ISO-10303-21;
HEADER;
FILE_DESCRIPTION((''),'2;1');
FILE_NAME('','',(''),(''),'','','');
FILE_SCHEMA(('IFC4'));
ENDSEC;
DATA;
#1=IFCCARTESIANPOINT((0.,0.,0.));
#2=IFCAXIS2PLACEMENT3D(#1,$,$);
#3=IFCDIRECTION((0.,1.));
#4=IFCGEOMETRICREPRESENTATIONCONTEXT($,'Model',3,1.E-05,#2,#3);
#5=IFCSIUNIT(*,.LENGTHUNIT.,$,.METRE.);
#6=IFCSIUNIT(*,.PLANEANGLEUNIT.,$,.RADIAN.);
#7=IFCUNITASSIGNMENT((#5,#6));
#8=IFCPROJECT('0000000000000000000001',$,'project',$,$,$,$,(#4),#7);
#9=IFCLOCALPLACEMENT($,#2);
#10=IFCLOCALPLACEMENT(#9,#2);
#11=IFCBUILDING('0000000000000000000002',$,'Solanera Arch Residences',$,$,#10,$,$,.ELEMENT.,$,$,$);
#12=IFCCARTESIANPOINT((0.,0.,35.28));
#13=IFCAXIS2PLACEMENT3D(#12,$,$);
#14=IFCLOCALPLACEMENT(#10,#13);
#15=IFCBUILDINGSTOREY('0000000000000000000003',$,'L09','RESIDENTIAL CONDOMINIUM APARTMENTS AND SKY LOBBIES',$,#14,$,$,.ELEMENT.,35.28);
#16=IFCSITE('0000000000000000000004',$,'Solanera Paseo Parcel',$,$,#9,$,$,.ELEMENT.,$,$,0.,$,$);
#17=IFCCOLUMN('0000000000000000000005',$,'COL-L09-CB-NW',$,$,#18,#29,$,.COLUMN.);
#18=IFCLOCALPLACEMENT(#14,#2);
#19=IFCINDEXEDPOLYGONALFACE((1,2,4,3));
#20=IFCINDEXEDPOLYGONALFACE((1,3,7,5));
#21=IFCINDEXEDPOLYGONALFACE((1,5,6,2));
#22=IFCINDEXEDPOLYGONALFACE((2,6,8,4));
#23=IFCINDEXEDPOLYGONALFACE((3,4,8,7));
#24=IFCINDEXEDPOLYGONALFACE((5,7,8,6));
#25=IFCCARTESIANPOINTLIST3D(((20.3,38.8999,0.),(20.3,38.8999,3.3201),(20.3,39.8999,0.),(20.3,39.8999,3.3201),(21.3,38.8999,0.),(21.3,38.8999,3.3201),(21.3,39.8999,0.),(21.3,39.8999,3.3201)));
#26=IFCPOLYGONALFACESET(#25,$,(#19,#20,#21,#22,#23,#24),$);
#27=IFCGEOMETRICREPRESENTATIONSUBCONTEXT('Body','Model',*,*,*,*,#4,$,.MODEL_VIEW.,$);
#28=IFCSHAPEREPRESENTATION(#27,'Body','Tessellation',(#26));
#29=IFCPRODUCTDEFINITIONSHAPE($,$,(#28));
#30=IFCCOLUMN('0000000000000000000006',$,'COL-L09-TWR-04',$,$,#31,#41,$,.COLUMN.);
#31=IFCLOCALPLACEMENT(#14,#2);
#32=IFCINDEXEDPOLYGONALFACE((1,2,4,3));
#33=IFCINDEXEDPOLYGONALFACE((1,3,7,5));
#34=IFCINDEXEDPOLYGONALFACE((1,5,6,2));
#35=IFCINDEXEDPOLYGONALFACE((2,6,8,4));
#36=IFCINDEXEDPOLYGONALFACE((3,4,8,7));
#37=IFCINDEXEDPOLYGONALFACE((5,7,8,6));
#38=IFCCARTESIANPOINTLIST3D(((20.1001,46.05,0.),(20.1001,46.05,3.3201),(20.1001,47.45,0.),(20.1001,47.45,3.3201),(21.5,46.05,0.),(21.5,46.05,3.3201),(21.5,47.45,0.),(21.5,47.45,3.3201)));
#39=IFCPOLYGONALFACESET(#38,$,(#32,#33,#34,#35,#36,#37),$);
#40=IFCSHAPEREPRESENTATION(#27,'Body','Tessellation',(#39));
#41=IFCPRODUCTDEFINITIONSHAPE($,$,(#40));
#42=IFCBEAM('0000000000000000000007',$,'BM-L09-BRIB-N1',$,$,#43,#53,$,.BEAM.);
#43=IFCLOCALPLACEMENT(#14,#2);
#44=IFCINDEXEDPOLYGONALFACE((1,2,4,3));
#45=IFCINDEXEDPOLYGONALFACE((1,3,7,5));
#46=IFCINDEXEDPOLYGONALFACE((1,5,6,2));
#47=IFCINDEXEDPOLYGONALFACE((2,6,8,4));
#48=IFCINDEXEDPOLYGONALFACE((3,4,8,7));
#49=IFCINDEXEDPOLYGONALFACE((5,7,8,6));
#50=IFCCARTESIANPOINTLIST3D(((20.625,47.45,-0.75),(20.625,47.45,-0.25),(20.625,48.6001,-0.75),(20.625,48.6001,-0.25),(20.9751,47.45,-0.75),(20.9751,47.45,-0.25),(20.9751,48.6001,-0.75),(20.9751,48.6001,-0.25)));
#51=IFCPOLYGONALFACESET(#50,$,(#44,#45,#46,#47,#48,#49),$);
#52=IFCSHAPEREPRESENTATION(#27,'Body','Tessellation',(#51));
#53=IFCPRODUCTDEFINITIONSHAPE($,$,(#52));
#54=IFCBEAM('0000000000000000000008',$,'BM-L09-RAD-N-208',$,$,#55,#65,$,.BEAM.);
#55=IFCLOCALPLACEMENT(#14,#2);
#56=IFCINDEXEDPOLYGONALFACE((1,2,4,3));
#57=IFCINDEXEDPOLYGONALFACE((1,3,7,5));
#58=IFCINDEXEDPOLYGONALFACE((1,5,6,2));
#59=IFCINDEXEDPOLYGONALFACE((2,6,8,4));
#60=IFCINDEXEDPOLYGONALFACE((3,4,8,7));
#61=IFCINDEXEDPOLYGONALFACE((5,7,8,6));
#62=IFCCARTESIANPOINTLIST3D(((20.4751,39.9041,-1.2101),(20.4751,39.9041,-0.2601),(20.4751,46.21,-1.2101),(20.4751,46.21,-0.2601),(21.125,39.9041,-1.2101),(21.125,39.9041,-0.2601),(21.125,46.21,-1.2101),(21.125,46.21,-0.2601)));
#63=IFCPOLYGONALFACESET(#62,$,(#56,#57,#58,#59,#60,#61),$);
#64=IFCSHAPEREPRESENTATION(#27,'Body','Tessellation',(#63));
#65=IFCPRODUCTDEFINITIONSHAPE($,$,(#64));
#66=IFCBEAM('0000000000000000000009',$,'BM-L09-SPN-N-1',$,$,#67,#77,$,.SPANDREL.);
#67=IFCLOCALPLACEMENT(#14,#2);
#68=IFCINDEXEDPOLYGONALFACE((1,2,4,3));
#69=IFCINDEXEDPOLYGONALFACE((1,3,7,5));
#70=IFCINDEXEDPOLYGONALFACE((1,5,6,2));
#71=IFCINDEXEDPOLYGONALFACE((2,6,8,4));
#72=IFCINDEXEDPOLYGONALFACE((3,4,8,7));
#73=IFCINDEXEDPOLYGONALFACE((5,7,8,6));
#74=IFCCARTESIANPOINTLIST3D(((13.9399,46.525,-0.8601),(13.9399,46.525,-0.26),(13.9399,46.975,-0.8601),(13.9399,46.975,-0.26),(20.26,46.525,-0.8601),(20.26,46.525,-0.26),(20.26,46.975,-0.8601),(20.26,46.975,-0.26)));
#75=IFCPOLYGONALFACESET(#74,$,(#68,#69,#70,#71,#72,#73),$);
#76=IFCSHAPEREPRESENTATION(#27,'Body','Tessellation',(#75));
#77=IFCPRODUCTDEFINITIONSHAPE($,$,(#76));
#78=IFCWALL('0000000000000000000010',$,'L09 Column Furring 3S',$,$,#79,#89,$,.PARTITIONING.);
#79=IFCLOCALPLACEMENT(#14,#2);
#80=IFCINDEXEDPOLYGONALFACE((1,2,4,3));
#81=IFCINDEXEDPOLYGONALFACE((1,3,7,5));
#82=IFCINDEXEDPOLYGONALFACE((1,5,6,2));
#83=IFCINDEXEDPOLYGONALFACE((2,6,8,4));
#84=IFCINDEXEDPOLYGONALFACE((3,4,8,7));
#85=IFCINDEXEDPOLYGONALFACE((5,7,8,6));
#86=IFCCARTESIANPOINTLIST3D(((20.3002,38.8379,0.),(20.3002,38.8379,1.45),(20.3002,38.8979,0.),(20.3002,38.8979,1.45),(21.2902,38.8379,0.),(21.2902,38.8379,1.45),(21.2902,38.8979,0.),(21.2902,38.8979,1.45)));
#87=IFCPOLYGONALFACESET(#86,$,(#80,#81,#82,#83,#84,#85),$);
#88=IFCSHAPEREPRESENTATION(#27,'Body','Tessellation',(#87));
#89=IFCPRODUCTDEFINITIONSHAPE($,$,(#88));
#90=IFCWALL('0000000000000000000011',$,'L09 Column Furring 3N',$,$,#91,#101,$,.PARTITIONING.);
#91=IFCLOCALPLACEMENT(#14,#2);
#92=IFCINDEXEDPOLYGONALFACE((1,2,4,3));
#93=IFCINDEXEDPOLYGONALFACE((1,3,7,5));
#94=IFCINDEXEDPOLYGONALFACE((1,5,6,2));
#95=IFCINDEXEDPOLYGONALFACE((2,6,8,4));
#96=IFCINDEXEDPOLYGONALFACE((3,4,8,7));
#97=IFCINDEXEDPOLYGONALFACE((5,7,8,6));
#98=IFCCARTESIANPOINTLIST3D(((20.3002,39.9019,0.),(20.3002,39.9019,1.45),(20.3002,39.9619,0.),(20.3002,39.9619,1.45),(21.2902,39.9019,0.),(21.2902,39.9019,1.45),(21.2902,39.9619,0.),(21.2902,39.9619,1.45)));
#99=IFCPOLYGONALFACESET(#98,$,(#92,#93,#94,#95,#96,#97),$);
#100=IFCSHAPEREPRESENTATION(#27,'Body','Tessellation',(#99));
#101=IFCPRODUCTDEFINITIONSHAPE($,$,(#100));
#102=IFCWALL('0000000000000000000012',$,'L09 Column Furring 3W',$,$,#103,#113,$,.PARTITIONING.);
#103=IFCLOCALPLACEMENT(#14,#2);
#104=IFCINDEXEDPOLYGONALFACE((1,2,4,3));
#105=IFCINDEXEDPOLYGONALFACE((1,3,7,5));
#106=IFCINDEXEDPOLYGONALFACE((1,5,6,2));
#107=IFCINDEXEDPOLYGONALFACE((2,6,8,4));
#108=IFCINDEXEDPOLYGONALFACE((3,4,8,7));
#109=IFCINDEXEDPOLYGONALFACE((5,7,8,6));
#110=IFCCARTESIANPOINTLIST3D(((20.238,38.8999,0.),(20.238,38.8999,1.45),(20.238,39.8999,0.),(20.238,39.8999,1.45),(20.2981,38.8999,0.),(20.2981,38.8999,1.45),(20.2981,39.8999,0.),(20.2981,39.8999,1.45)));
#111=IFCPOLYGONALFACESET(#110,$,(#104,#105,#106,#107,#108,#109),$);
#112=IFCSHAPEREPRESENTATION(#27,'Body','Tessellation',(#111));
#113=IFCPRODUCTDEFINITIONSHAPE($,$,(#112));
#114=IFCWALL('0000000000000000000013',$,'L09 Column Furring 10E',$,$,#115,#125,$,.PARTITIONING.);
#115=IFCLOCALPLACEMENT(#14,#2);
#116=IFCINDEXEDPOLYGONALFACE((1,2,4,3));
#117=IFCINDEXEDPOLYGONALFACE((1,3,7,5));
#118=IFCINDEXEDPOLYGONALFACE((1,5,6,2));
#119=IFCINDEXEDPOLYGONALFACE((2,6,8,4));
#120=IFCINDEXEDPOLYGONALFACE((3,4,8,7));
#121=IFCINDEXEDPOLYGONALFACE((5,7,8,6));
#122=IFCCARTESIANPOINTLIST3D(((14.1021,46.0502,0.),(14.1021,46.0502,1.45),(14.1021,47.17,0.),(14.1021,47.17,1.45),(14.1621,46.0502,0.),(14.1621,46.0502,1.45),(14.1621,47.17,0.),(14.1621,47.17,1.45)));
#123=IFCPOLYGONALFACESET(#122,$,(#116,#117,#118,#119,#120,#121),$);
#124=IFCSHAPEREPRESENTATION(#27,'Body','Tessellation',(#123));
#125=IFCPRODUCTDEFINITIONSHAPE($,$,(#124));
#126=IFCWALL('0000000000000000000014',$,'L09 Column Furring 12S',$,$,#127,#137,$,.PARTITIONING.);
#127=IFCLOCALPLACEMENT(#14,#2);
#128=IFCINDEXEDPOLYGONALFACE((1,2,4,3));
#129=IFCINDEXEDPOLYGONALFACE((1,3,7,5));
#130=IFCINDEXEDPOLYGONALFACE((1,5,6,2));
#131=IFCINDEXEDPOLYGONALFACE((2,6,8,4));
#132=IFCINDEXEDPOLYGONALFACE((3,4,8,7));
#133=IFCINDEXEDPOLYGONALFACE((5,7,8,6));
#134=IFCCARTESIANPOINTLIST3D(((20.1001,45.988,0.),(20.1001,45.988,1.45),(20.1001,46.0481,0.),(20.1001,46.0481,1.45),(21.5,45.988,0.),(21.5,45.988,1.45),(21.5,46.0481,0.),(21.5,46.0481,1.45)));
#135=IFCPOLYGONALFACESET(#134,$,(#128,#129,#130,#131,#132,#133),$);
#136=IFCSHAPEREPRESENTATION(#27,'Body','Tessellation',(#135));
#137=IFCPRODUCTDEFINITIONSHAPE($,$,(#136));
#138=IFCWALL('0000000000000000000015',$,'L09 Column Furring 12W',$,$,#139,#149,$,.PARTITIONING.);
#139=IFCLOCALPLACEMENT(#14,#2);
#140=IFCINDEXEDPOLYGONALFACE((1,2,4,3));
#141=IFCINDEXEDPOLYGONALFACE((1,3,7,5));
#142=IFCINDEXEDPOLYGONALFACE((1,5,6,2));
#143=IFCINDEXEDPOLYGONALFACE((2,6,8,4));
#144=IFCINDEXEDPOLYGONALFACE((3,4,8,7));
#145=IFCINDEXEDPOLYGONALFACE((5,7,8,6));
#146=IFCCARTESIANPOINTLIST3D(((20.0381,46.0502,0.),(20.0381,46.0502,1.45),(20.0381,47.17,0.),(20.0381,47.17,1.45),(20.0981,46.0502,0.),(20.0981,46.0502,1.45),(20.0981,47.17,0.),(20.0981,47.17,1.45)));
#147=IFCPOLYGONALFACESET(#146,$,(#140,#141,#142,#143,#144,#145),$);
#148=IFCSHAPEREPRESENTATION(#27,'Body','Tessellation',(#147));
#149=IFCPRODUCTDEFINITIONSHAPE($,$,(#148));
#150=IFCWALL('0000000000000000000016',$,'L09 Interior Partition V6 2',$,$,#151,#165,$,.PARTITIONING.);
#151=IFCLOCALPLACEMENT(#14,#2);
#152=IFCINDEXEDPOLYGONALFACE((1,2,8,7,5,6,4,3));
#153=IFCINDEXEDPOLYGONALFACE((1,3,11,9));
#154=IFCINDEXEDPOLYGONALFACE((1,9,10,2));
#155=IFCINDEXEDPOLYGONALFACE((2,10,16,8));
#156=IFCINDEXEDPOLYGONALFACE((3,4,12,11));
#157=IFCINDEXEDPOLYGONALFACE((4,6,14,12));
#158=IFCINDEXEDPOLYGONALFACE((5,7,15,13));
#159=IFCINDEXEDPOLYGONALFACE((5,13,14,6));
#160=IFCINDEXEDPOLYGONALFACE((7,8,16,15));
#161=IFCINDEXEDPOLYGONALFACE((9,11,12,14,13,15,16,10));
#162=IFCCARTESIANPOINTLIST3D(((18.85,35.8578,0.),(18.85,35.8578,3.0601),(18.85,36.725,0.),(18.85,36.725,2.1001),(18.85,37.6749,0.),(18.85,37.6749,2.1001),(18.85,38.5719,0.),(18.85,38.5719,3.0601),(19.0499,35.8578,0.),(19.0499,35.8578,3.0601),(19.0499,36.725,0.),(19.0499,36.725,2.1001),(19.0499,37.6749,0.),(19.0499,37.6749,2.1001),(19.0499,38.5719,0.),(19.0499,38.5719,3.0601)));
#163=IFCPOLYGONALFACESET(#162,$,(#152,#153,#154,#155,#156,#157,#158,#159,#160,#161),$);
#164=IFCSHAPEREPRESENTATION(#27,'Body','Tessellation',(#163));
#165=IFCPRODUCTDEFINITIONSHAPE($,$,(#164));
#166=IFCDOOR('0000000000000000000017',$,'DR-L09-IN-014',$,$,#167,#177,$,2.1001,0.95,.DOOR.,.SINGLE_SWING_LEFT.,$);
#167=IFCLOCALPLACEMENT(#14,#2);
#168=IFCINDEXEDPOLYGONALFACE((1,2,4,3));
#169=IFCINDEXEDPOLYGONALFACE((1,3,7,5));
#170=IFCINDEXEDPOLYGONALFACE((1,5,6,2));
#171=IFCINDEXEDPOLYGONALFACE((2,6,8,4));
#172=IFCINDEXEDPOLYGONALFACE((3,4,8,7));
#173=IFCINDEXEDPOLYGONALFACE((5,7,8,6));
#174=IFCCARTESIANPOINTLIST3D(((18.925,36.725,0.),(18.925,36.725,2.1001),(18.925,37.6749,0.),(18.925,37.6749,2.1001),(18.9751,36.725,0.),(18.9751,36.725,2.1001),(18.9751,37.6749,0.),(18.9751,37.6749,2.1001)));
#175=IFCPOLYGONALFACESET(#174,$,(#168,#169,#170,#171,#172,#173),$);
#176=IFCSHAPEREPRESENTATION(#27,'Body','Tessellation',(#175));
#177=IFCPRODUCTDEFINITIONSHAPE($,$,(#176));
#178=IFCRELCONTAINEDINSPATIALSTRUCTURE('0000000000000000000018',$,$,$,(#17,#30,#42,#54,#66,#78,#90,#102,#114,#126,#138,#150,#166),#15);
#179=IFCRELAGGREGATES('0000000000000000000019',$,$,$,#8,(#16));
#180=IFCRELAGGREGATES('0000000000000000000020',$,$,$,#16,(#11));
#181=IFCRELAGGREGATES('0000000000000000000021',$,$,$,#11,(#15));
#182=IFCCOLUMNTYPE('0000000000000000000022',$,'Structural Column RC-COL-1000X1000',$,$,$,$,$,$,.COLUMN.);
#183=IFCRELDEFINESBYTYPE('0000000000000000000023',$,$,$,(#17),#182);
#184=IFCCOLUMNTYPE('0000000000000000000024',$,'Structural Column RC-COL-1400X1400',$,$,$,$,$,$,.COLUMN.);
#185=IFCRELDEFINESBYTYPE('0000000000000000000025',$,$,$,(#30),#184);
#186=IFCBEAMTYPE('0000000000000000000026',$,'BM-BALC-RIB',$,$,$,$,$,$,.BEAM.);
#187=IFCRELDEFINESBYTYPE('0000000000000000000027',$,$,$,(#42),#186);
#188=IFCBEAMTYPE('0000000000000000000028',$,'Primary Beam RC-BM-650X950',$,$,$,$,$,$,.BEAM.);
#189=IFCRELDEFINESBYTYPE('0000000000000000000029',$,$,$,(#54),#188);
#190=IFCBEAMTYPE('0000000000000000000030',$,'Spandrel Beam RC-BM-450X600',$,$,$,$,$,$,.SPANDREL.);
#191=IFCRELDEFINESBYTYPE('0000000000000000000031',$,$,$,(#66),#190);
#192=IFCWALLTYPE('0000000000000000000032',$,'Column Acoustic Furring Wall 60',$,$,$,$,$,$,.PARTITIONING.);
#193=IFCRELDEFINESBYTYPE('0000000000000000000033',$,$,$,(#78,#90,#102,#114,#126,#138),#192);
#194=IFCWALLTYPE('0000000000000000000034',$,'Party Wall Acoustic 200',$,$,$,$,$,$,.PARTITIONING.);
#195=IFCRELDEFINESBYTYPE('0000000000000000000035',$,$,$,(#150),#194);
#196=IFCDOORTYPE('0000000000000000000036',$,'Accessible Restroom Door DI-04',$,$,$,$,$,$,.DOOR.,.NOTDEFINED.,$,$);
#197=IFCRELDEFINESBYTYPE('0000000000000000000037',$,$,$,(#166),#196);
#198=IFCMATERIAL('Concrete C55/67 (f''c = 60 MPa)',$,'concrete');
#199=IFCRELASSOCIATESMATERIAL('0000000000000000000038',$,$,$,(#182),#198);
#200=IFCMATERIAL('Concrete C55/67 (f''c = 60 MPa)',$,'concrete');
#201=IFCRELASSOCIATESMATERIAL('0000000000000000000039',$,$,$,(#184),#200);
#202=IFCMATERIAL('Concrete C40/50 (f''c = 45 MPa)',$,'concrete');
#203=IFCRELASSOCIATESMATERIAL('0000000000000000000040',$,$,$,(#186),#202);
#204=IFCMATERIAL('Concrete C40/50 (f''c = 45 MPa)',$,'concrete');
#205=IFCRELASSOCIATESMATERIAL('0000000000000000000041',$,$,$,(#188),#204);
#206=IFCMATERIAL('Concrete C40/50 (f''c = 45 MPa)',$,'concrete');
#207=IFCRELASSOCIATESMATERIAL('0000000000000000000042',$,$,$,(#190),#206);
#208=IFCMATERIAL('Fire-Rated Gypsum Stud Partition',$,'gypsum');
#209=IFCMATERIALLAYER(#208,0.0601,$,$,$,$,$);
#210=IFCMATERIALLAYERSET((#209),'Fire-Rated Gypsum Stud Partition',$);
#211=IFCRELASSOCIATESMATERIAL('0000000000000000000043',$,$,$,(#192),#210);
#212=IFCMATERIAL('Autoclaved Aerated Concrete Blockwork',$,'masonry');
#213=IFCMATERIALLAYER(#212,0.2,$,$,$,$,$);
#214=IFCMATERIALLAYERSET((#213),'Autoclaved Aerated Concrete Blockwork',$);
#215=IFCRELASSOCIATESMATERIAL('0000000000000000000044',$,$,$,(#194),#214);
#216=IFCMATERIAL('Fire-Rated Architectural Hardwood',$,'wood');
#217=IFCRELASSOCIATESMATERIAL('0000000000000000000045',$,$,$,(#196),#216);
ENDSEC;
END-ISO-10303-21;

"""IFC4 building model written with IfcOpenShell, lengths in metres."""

from ifc_helpers import new_model, si_unit, direction, frame, frame_2d, origin, origin_2d, place, context, subcontext, project, spatial, rectangle, extrude, material, layer, layer_set, material_profile, profile_set, type_object, element, fill, save


model = new_model("IFC4")

# Units and contexts
model_context = context("Model", 3, precision=1e-05, world=origin(), true_north=direction((0.0, 1.0)))
body_context = subcontext(model_context, "Body", "Model", "MODEL_VIEW")
ifc_project = project(units=[si_unit("LENGTHUNIT", "METRE"), si_unit("PLANEANGLEUNIT", "RADIAN")], contexts=[model_context])

# Site, building, storey
site_placement = place(None, origin())
site = spatial("IfcSite", under=ifc_project, at=site_placement, Name="Solanera Paseo Parcel", CompositionType="ELEMENT", RefElevation=0.0)
building_placement = place(site_placement, origin())
building = spatial("IfcBuilding", under=site, at=building_placement, Name="Solanera Arch Residences", CompositionType="ELEMENT")
storey_placement = place(building_placement, frame((0.0, 0.0, 35.28)))
storey = spatial("IfcBuildingStorey", under=building, at=storey_placement, Name="L09", Description="RESIDENTIAL CONDOMINIUM APARTMENTS AND SKY LOBBIES", CompositionType="ELEMENT", Elevation=35.28)

# Columns
ifc_material_1 = material(Name="Concrete C55/67 (f'c = 60 MPa)", Category="concrete")
ifc_material_profile_1 = material_profile(ifc_material_1, rectangle(XDim=1.0, YDim=1.0, at=origin_2d()))
ifc_profile_set_1 = profile_set([ifc_material_profile_1], Name="Concrete C55/67 (f'c = 60 MPa)")
column_type_1 = type_object("IfcColumnType", Name="Structural Column RC-COL-1000X1000", PredefinedType="COLUMN", material=ifc_profile_set_1)
column_1_placement = place(storey_placement, frame((20.8, 39.3999, 0.0), z_axis=(0.0, 0.0, 1.0), x_axis=(1.0, 0.0, 0.0)))
element("IfcColumn", 1, at=column_1_placement, inside=storey, type_object=column_type_1, Name="COL-L09-CB-NW", PredefinedType="COLUMN", context=body_context, shape_type="SweptSolid", body=[
    extrude(rectangle(XDim=1.0, YDim=1.0, at=origin_2d()), origin(), (0.0, 0.0, 1.0), 3.3201),
])
ifc_material_2 = material(Name="Concrete C55/67 (f'c = 60 MPa)", Category="concrete")
ifc_material_profile_2 = material_profile(ifc_material_2, rectangle(XDim=1.3999, YDim=1.3999, at=origin_2d()))
ifc_profile_set_2 = profile_set([ifc_material_profile_2], Name="Concrete C55/67 (f'c = 60 MPa)")
column_type_2 = type_object("IfcColumnType", Name="Structural Column RC-COL-1400X1400", PredefinedType="COLUMN", material=ifc_profile_set_2)
column_2_placement = place(storey_placement, frame((20.8, 46.75, 0.0), z_axis=(0.0, 0.0, 1.0), x_axis=(1.0, 0.0, 0.0)))
element("IfcColumn", 2, at=column_2_placement, inside=storey, type_object=column_type_2, Name="COL-L09-TWR-04", PredefinedType="COLUMN", context=body_context, shape_type="SweptSolid", body=[
    extrude(rectangle(XDim=1.3999, YDim=1.3999, at=origin_2d()), origin(), (0.0, 0.0, 1.0), 3.3201),
])

# Beams
ifc_material_3 = material(Name="Concrete C40/50 (f'c = 45 MPa)", Category="concrete")
ifc_material_profile_3 = material_profile(ifc_material_3, rectangle(XDim=0.3501, YDim=0.5, at=origin_2d()))
ifc_profile_set_3 = profile_set([ifc_material_profile_3], Name="Concrete C40/50 (f'c = 45 MPa)")
beam_type_1 = type_object("IfcBeamType", Name="BM-BALC-RIB", PredefinedType="BEAM", material=ifc_profile_set_3)
beam_1_placement = place(storey_placement, frame((20.8, 47.45, -0.5), z_axis=(0.0, 1.0, 0.0), x_axis=(-1.0, 0.0, 0.0)))
element("IfcBeam", 3, at=beam_1_placement, inside=storey, type_object=beam_type_1, Name="BM-L09-BRIB-N1", PredefinedType="BEAM", context=body_context, shape_type="SweptSolid", body=[
    extrude(rectangle(XDim=0.3501, YDim=0.5, at=origin_2d()), origin(), (0.0, 0.0, 1.0), 1.1501),
])
ifc_material_4 = material(Name="Concrete C40/50 (f'c = 45 MPa)", Category="concrete")
ifc_material_profile_4 = material_profile(ifc_material_4, rectangle(XDim=0.6499, YDim=0.95, at=origin_2d()))
ifc_profile_set_4 = profile_set([ifc_material_profile_4], Name="Concrete C40/50 (f'c = 45 MPa)")
beam_type_2 = type_object("IfcBeamType", Name="Primary Beam RC-BM-650X950", PredefinedType="BEAM", material=ifc_profile_set_4)
beam_2_placement = place(storey_placement, frame((20.8, 39.9041, -0.7351), z_axis=(0.0, 1.0, 0.0), x_axis=(-1.0, 0.0, 0.0)))
element("IfcBeam", 4, at=beam_2_placement, inside=storey, type_object=beam_type_2, Name="BM-L09-RAD-N-208", PredefinedType="BEAM", context=body_context, shape_type="SweptSolid", body=[
    extrude(rectangle(XDim=0.6499, YDim=0.95, at=origin_2d()), origin(), (0.0, 0.0, 1.0), 6.3059),
])
ifc_material_5 = material(Name="Concrete C40/50 (f'c = 45 MPa)", Category="concrete")
ifc_material_profile_5 = material_profile(ifc_material_5, rectangle(XDim=0.45, YDim=0.6001, at=origin_2d()))
ifc_profile_set_5 = profile_set([ifc_material_profile_5], Name="Concrete C40/50 (f'c = 45 MPa)")
beam_type_3 = type_object("IfcBeamType", Name="Spandrel Beam RC-BM-450X600", PredefinedType="SPANDREL", material=ifc_profile_set_5)
beam_3_placement = place(storey_placement, frame((13.9399, 46.75, -0.5601), z_axis=(1.0, 0.0, 0.0), x_axis=(0.0, 1.0, 0.0)))
element("IfcBeam", 5, at=beam_3_placement, inside=storey, type_object=beam_type_3, Name="BM-L09-SPN-N-1", PredefinedType="SPANDREL", context=body_context, shape_type="SweptSolid", body=[
    extrude(rectangle(XDim=0.45, YDim=0.6001, at=origin_2d()), origin(), (0.0, 0.0, 1.0), 6.3201),
])

# Walls
ifc_material_6 = material(Name="Fire-Rated Gypsum Stud Partition", Category="gypsum")
ifc_layer_1 = layer(ifc_material_6, 0.0601)
ifc_layer_set_1 = layer_set([ifc_layer_1], Name="Fire-Rated Gypsum Stud Partition")
wall_type_1 = type_object("IfcWallType", Name="Column Acoustic Furring Wall 60", PredefinedType="PARTITIONING", material=ifc_layer_set_1)
for number, where, z_axis, x_axis, name in (
    (6, (20.3, 38.8679, 0.0), (0.0, 0.0, 1.0), (1.0, 0.0, 0.0), "L09 Column Furring 3S"),
    (7, (20.3, 39.9319, 0.0), (0.0, 0.0, 1.0), (1.0, 0.0, 0.0), "L09 Column Furring 3N"),
):
    element("IfcWall", number, at=place(storey_placement, frame(where, z_axis=z_axis, x_axis=x_axis)), inside=storey, type_object=wall_type_1, Name=name, PredefinedType="PARTITIONING", context=body_context, shape_type="SweptSolid", body=[
        extrude(rectangle(XDim=0.99, YDim=0.0601, at=frame_2d((0.4951, 0.0))), origin(), (0.0, 0.0, 1.0), 1.45),
    ])
wall_1_placement = place(storey_placement, frame((20.2681, 38.8999, 0.0), z_axis=(0.0, 0.0, 1.0), x_axis=(0.0, 1.0, 0.0)))
element("IfcWall", 8, at=wall_1_placement, inside=storey, type_object=wall_type_1, Name="L09 Column Furring 3W", PredefinedType="PARTITIONING", context=body_context, shape_type="SweptSolid", body=[
    extrude(rectangle(XDim=1.0, YDim=0.0601, at=frame_2d((0.5, 0.0))), origin(), (0.0, 0.0, 1.0), 1.45),
])
wall_2_placement = place(storey_placement, frame((14.1321, 46.05, 0.0), z_axis=(0.0, 0.0, 1.0), x_axis=(0.0, 1.0, 0.0)))
element("IfcWall", 9, at=wall_2_placement, inside=storey, type_object=wall_type_1, Name="L09 Column Furring 10E", PredefinedType="PARTITIONING", context=body_context, shape_type="SweptSolid", body=[
    extrude(rectangle(XDim=1.1199, YDim=0.0601, at=frame_2d((0.5601, 0.0))), origin(), (0.0, 0.0, 1.0), 1.45),
])
wall_3_placement = place(storey_placement, frame((20.1001, 46.0181, 0.0), z_axis=(0.0, 0.0, 1.0), x_axis=(1.0, 0.0, 0.0)))
element("IfcWall", 10, at=wall_3_placement, inside=storey, type_object=wall_type_1, Name="L09 Column Furring 12S", PredefinedType="PARTITIONING", context=body_context, shape_type="SweptSolid", body=[
    extrude(rectangle(XDim=1.3999, YDim=0.0601, at=frame_2d((0.7, 0.0))), origin(), (0.0, 0.0, 1.0), 1.45),
])
wall_4_placement = place(storey_placement, frame((20.0681, 46.05, 0.0), z_axis=(0.0, 0.0, 1.0), x_axis=(0.0, 1.0, 0.0)))
element("IfcWall", 11, at=wall_4_placement, inside=storey, type_object=wall_type_1, Name="L09 Column Furring 12W", PredefinedType="PARTITIONING", context=body_context, shape_type="SweptSolid", body=[
    extrude(rectangle(XDim=1.1199, YDim=0.0601, at=frame_2d((0.5601, 0.0))), origin(), (0.0, 0.0, 1.0), 1.45),
])

# Wall, opening, door
ifc_material_7 = material(Name="Autoclaved Aerated Concrete Blockwork", Category="masonry")
ifc_layer_2 = layer(ifc_material_7, 0.2)
ifc_layer_set_2 = layer_set([ifc_layer_2], Name="Autoclaved Aerated Concrete Blockwork")
wall_type_2 = type_object("IfcWallType", Name="Party Wall Acoustic 200", PredefinedType="PARTITIONING", material=ifc_layer_set_2)
wall_5_placement = place(storey_placement, frame((18.95, 35.8579, 0.0), z_axis=(0.0, 0.0, 1.0), x_axis=(0.0, 1.0, 0.0)))
wall_5 = element("IfcWall", 12, at=wall_5_placement, inside=storey, type_object=wall_type_2, Name="L09 Interior Partition V6 2", PredefinedType="PARTITIONING", context=body_context, shape_type="SweptSolid", body=[
    extrude(rectangle(XDim=2.7141, YDim=0.2, at=frame_2d((1.3569, 0.0))), origin(), (0.0, 0.0, 1.0), 3.0601),
])
opening_placement = place(wall_5_placement, frame((0.8669, 0.0, 0.0)))
opening = element("IfcOpeningElement", 13, at=opening_placement, cuts=wall_5, PredefinedType="OPENING", context=body_context, shape_type="SweptSolid", body=[
    extrude(rectangle(XDim=0.95, YDim=2.1001, at=frame_2d((0.4751, 1.05))), frame((0.0, 0.1101, 0.0), z_axis=(0.0, -1.0, 0.0), x_axis=(1.0, 0.0, 0.0)), (0.0, 0.0, 1.0), 0.22),
])
ifc_material_8 = material(Name="Fire-Rated Architectural Hardwood", Category="wood")
door_type = type_object("IfcDoorType", Name="Accessible Restroom Door DI-04", OperationType="NOTDEFINED", PredefinedType="DOOR", material=ifc_material_8)
door_placement = place(opening_placement, origin())
door = element("IfcDoor", 14, at=door_placement, inside=storey, type_object=door_type, Name="DR-L09-IN-014", OperationType="SINGLE_SWING_LEFT", OverallHeight=2.1001, OverallWidth=0.95, PredefinedType="DOOR", context=body_context, shape_type="SweptSolid", body=[
    extrude(rectangle(XDim=0.95, YDim=2.1001, at=frame_2d((0.4751, 1.05))), frame((0.0, 0.0249, 0.0), z_axis=(0.0, -1.0, 0.0), x_axis=(1.0, 0.0, 0.0)), (0.0, 0.0, 1.0), 0.05),
])
fill(opening, door)

save(model, "model.ifc")
